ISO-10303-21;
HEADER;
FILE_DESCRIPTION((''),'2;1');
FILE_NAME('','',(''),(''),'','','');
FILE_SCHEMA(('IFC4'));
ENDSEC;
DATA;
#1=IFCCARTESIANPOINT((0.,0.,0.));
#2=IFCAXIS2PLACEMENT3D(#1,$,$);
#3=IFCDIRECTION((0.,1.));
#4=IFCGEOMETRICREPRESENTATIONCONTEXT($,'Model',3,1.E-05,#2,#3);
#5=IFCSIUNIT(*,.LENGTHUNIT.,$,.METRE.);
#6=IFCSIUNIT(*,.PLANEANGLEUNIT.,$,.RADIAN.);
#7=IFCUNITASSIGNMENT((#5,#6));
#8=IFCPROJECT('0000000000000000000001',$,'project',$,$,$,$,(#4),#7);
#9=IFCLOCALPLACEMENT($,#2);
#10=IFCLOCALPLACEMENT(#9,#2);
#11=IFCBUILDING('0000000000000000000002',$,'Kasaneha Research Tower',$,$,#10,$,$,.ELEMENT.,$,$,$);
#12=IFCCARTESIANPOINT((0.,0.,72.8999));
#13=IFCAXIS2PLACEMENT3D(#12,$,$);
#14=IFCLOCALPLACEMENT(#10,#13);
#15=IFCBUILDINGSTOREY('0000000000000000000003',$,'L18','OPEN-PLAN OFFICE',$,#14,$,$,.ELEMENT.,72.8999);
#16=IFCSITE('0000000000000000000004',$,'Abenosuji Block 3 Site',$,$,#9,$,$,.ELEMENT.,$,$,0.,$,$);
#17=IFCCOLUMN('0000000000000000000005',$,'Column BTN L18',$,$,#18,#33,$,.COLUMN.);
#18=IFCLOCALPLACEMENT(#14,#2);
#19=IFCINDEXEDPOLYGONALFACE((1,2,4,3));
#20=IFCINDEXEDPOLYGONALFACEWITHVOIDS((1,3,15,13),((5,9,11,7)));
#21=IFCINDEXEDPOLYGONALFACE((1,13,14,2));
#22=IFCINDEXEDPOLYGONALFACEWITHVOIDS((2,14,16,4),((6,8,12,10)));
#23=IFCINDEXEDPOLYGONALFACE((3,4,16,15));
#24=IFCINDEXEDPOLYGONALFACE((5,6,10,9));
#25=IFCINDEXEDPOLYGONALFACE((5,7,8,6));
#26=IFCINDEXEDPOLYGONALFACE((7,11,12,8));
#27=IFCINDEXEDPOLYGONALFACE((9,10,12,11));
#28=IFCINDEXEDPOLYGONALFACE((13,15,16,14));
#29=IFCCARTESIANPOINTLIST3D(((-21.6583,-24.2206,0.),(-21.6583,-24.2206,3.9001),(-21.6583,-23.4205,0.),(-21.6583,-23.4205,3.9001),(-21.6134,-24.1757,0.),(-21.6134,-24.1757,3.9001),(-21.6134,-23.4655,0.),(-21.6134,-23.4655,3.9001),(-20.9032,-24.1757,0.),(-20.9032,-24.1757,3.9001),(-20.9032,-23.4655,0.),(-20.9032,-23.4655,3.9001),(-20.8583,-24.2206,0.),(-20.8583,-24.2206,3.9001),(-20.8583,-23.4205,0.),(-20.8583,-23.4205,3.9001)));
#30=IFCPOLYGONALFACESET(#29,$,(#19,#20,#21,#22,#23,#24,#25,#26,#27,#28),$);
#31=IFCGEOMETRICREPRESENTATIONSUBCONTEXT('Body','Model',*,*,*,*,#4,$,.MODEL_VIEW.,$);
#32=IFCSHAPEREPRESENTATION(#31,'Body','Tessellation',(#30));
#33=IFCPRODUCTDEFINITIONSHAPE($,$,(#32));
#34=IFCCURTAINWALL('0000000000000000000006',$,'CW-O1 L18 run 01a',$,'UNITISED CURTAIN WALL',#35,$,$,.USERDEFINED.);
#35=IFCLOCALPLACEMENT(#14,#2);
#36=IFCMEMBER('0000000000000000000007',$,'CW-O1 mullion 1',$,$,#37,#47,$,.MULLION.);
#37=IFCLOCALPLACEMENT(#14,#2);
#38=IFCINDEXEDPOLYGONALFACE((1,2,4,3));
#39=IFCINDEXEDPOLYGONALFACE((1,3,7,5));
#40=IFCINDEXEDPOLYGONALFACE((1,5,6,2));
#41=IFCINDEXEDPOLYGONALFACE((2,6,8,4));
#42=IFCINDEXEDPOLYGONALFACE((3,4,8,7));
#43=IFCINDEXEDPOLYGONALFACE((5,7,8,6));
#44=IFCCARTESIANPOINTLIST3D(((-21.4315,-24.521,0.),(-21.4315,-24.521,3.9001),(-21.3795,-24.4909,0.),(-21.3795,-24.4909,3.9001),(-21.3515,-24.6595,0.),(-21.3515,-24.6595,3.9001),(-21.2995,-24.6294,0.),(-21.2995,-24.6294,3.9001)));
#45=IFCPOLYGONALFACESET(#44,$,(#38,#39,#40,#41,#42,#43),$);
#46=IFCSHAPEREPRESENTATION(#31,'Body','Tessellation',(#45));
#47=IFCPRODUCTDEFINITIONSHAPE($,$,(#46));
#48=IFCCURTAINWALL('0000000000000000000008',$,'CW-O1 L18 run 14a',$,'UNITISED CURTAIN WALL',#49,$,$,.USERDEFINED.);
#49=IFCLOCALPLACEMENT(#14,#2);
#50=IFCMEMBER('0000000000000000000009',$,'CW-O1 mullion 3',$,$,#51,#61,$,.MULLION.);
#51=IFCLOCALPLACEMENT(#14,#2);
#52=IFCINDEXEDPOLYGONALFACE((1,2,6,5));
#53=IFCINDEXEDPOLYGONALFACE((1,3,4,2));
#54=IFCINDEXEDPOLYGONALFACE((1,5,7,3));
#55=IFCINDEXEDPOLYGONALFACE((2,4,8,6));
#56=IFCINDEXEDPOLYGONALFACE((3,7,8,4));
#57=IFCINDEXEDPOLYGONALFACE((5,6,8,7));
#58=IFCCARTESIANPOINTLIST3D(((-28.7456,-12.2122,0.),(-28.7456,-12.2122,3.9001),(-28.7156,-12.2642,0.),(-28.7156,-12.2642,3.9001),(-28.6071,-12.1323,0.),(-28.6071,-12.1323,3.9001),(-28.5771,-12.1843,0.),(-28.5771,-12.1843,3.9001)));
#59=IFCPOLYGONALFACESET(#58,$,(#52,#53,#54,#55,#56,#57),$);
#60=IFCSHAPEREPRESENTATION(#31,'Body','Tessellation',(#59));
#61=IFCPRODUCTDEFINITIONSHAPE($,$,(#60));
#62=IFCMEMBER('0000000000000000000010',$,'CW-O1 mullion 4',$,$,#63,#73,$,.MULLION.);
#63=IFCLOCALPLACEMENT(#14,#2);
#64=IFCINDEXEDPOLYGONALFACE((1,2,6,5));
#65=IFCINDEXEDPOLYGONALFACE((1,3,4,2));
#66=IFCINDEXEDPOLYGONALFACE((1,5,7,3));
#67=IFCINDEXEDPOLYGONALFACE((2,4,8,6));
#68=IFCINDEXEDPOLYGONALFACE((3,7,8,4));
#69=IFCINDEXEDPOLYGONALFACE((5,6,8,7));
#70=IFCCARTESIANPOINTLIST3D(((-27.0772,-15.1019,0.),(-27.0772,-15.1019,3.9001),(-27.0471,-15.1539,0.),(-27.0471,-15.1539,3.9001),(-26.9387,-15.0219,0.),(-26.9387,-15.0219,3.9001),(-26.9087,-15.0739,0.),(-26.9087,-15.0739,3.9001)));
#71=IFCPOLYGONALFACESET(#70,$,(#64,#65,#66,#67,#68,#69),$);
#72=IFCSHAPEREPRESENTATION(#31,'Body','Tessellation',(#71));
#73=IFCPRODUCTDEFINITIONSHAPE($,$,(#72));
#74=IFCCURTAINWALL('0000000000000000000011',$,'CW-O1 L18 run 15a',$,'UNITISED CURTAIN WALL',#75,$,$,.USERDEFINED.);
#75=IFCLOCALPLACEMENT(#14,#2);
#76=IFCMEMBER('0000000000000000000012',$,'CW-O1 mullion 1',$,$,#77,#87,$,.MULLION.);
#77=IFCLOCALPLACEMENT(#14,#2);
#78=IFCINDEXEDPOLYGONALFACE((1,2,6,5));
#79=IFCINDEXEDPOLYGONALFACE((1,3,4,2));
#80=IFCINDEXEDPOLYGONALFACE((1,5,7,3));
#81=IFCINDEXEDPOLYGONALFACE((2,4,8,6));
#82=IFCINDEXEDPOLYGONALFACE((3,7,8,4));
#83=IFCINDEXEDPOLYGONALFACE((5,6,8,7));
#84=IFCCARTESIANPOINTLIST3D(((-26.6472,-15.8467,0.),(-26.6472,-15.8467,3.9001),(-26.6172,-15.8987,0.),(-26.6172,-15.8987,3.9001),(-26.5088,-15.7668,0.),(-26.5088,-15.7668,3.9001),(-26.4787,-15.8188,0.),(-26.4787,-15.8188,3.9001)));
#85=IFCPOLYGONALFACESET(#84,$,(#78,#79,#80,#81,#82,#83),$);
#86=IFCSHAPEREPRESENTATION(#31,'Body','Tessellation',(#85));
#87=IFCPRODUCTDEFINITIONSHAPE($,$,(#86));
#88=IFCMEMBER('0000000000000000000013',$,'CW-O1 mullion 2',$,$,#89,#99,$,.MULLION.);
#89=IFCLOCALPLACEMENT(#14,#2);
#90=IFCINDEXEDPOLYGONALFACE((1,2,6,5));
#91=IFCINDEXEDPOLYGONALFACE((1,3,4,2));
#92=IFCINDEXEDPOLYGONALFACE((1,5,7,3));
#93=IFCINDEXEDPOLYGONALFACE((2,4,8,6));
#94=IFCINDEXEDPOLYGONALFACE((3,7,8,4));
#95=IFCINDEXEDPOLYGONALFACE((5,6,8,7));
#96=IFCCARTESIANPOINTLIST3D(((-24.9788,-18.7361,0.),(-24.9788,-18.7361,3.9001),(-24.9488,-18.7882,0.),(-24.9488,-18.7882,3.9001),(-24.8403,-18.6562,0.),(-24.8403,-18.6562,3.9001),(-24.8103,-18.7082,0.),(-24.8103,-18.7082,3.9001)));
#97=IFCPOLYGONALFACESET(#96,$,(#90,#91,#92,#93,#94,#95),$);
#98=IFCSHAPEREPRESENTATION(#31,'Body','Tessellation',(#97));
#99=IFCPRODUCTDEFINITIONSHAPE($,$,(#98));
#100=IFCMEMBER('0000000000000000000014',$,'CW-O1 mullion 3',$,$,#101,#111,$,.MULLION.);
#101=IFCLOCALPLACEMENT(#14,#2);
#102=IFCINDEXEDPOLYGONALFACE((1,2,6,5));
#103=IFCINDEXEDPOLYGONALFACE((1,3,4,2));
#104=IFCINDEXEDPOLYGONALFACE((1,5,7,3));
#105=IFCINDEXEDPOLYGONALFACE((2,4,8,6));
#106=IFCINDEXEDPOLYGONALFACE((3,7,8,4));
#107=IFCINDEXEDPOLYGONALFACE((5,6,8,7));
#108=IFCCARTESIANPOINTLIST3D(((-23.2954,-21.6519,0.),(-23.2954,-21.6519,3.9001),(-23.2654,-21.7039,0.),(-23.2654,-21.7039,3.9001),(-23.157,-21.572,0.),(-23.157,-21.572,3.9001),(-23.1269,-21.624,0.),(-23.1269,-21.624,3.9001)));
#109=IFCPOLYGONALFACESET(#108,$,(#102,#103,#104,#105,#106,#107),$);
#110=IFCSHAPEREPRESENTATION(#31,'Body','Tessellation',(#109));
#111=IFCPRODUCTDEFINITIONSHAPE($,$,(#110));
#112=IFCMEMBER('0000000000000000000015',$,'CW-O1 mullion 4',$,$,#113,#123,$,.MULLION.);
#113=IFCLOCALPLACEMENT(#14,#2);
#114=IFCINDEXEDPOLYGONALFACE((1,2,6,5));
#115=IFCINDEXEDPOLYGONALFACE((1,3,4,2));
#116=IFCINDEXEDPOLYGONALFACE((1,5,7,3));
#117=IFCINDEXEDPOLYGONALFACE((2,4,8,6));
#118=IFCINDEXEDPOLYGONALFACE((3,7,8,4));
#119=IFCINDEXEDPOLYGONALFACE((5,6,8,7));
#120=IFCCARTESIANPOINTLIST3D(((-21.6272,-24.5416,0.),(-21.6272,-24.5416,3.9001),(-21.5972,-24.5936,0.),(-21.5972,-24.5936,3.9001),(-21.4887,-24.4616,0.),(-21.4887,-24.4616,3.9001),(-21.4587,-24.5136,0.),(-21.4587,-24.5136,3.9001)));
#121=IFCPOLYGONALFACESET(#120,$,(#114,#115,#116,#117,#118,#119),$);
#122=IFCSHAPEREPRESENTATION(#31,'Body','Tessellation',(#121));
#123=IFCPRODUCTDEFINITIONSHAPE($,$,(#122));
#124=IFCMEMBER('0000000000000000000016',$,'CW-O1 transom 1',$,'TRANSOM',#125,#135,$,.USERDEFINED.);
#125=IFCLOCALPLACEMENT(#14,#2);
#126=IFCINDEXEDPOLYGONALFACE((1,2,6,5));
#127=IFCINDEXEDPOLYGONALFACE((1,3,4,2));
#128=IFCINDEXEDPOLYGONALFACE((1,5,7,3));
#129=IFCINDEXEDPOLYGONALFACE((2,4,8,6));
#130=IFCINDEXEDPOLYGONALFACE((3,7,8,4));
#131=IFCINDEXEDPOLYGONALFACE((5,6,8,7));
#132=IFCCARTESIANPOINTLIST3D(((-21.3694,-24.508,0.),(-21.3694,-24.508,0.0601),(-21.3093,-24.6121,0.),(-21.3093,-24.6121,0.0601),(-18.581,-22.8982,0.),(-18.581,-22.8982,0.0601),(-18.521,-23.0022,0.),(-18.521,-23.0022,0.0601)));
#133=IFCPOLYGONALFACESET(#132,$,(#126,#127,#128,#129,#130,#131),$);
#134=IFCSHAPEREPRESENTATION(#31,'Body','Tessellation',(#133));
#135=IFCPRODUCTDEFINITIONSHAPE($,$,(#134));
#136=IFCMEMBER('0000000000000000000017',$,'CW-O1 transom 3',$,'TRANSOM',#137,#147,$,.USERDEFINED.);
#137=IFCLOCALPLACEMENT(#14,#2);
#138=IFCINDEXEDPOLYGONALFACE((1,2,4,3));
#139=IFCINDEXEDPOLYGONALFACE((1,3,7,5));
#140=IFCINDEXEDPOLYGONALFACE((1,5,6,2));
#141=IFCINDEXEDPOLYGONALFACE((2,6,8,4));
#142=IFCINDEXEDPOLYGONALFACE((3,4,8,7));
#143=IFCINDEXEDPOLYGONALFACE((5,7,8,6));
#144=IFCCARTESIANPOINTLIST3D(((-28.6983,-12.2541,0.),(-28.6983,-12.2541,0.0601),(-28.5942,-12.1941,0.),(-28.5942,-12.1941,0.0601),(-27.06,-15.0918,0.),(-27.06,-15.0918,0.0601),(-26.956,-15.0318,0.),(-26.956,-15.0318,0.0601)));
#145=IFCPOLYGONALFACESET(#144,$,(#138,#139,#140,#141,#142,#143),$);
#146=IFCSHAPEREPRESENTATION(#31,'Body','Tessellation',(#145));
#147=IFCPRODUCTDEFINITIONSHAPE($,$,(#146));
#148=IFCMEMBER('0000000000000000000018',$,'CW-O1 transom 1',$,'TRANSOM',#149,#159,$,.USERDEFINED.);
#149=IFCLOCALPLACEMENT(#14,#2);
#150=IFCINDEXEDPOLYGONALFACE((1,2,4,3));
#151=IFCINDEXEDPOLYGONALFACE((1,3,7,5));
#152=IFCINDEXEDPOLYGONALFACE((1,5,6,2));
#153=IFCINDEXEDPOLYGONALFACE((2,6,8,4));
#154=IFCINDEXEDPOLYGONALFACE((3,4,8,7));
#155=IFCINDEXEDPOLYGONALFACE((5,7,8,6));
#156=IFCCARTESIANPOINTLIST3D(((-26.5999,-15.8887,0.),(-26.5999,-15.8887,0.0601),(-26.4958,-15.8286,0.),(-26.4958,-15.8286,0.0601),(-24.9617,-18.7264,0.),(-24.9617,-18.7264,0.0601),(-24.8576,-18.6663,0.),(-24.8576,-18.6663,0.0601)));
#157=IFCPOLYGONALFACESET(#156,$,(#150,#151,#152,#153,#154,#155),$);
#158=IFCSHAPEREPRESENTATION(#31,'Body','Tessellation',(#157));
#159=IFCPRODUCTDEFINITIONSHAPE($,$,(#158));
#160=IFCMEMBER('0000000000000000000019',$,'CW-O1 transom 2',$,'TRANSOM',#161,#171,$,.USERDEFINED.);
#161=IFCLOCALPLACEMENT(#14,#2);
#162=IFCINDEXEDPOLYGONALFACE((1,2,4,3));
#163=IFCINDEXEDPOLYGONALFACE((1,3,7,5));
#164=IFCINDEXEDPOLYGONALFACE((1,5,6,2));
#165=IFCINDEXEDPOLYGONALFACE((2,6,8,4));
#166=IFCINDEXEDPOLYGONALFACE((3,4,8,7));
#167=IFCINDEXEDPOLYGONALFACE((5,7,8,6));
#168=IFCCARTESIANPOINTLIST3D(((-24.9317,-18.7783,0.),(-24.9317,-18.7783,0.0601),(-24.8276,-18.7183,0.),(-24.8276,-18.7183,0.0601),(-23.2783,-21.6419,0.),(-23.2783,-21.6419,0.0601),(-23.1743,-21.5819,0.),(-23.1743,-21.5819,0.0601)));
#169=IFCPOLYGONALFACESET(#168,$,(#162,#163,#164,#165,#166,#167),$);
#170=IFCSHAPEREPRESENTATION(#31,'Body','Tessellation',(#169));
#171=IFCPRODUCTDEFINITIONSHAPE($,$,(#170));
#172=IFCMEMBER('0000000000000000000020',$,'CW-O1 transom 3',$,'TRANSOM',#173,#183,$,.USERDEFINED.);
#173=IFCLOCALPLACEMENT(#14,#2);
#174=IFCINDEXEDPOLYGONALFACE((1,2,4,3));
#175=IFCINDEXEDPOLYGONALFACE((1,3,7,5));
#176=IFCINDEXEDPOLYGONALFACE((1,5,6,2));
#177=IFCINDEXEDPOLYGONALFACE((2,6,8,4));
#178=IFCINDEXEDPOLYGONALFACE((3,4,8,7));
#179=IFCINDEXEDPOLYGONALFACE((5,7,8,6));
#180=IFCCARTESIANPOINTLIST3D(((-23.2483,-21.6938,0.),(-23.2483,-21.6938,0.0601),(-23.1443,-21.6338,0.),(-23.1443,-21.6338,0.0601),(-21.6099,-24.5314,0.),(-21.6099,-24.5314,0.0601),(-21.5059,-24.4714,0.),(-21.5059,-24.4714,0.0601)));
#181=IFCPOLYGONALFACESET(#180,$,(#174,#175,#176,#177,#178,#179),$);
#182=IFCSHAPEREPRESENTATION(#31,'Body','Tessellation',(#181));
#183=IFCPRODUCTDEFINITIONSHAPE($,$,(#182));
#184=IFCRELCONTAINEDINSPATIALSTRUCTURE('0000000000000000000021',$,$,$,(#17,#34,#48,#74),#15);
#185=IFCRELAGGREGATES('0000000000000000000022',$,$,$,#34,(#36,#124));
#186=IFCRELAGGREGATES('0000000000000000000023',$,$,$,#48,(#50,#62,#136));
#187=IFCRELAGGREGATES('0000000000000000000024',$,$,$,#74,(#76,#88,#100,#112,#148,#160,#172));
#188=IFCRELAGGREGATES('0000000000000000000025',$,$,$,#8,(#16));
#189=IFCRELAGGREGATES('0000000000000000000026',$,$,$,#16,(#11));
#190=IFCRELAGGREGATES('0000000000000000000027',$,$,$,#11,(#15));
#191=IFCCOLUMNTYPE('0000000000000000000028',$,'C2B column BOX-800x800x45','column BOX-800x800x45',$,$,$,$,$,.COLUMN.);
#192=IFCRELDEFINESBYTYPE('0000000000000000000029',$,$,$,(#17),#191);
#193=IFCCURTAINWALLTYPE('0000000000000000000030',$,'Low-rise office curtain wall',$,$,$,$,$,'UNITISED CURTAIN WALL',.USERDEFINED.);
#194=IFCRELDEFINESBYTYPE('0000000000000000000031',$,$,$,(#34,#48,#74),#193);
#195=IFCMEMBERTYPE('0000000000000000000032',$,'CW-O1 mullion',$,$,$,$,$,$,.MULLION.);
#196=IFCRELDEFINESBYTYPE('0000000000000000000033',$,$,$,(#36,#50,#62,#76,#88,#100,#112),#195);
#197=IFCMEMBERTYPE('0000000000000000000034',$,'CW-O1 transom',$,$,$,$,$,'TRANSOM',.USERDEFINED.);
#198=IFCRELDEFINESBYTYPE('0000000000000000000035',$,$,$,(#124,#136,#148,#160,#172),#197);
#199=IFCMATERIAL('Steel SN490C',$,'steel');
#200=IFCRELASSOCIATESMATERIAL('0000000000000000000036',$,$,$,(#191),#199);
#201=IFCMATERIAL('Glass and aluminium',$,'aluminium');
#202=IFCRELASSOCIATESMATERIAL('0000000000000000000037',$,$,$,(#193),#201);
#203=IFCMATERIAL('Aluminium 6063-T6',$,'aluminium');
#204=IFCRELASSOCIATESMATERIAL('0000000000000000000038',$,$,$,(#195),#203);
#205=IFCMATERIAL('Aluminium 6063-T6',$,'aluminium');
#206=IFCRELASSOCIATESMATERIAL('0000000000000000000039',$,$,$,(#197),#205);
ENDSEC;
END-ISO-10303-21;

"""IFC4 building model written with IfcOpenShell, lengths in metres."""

from ifc_helpers import new_model, si_unit, direction, frame, origin, origin_2d, place, context, subcontext, project, spatial, rectangle, hollow_rectangle, extrude, material, material_profile, profile_set, type_object, element, aggregate, save


model = new_model("IFC4")

# Units and contexts
model_context = context("Model", 3, precision=1e-05, world=origin(), true_north=direction((0.0, 1.0)))
body_context = subcontext(model_context, "Body", "Model", "MODEL_VIEW")
ifc_project = project(units=[si_unit("LENGTHUNIT", "METRE"), si_unit("PLANEANGLEUNIT", "RADIAN")], contexts=[model_context])

# Site, building, storey
site_placement = place(None, origin())
site = spatial("IfcSite", under=ifc_project, at=site_placement, Name="Abenosuji Block 3 Site", CompositionType="ELEMENT", RefElevation=0.0)
building_placement = place(site_placement, origin())
building = spatial("IfcBuilding", under=site, at=building_placement, Name="Kasaneha Research Tower", CompositionType="ELEMENT")
storey_placement = place(building_placement, frame((0.0, 0.0, 72.8999)))
storey = spatial("IfcBuildingStorey", under=building, at=storey_placement, Name="L18", Description="OPEN-PLAN OFFICE", CompositionType="ELEMENT", Elevation=72.8999)

# Column
ifc_material_1 = material(Name="Steel SN490C", Category="steel")
ifc_material_profile_1 = material_profile(ifc_material_1, hollow_rectangle(XDim=0.8, YDim=0.8, WallThickness=0.0449, at=origin_2d()), Name="BOX-800x800x45")
ifc_profile_set_1 = profile_set([ifc_material_profile_1], Name="Steel SN490C")
column_type = type_object("IfcColumnType", Name="C2B column BOX-800x800x45", Description="column BOX-800x800x45", PredefinedType="COLUMN", material=ifc_profile_set_1)
column_placement = place(storey_placement, frame((-21.2583, -23.8206, 0.0), z_axis=(0.0, 0.0, 1.0), x_axis=(1.0, 0.0, 0.0)))
element("IfcColumn", 1, at=column_placement, inside=storey, type_object=column_type, Name="Column BTN L18", PredefinedType="COLUMN", context=body_context, shape_type="SweptSolid", body=[
    extrude(hollow_rectangle(XDim=0.8, YDim=0.8, WallThickness=0.0449, at=origin_2d()), origin(), (0.0, 0.0, 1.0), 3.9001),
])

# Curtain wall, member
ifc_material_2 = material(Name="Glass and aluminium", Category="aluminium")
curtain_wall_type = type_object("IfcCurtainWallType", Name="Low-rise office curtain wall", ElementType="UNITISED CURTAIN WALL", PredefinedType="USERDEFINED", material=ifc_material_2)
curtain_wall_1_placement = place(storey_placement, origin())
curtain_wall_1 = element("IfcCurtainWall", 2, at=curtain_wall_1_placement, inside=storey, type_object=curtain_wall_type, Name="CW-O1 L18 run 01a", ObjectType="UNITISED CURTAIN WALL", PredefinedType="USERDEFINED")
ifc_material_3 = material(Name="Aluminium 6063-T6", Category="aluminium")
ifc_material_profile_2 = material_profile(ifc_material_3, rectangle(XDim=0.0601, YDim=0.1599, at=origin_2d()), Name="CW-O1 mullion 60x160")
ifc_profile_set_2 = profile_set([ifc_material_profile_2], Name="Aluminium 6063-T6")
member_type_1 = type_object("IfcMemberType", Name="CW-O1 mullion", PredefinedType="MULLION", material=ifc_profile_set_2)
member_1_placement = place(storey_placement, frame((-21.3655, -24.5752, 0.0), z_axis=(0.0, 0.0, 1.0), x_axis=(0.866025, 0.5, 0.0)))
member_1 = element("IfcMember", 3, at=member_1_placement, type_object=member_type_1, Name="CW-O1 mullion 1", PredefinedType="MULLION", context=body_context, shape_type="SweptSolid", body=[
    extrude(rectangle(XDim=0.0601, YDim=0.1599, at=origin_2d()), origin(), (0.0, 0.0, 1.0), 3.9001),
])

# Curtain walls, members
curtain_wall_2_placement = place(storey_placement, origin())
curtain_wall_2 = element("IfcCurtainWall", 4, at=curtain_wall_2_placement, inside=storey, type_object=curtain_wall_type, Name="CW-O1 L18 run 14a", ObjectType="UNITISED CURTAIN WALL", PredefinedType="USERDEFINED")
member_2_placement = place(storey_placement, frame((-28.6614, -12.1982, 0.0), z_axis=(0.0, 0.0, 1.0), x_axis=(0.5, -0.866025, 0.0)))
member_2 = element("IfcMember", 5, at=member_2_placement, type_object=member_type_1, Name="CW-O1 mullion 3", PredefinedType="MULLION", context=body_context, shape_type="SweptSolid", body=[
    extrude(rectangle(XDim=0.0601, YDim=0.1599, at=origin_2d()), origin(), (0.0, 0.0, 1.0), 3.9001),
])
member_3_placement = place(storey_placement, frame((-26.9929, -15.0879, 0.0), z_axis=(0.0, 0.0, 1.0), x_axis=(0.5, -0.866025, 0.0)))
member_3 = element("IfcMember", 6, at=member_3_placement, type_object=member_type_1, Name="CW-O1 mullion 4", PredefinedType="MULLION", context=body_context, shape_type="SweptSolid", body=[
    extrude(rectangle(XDim=0.0601, YDim=0.1599, at=origin_2d()), origin(), (0.0, 0.0, 1.0), 3.9001),
])
curtain_wall_3_placement = place(storey_placement, origin())
curtain_wall_3 = element("IfcCurtainWall", 7, at=curtain_wall_3_placement, inside=storey, type_object=curtain_wall_type, Name="CW-O1 L18 run 15a", ObjectType="UNITISED CURTAIN WALL", PredefinedType="USERDEFINED")
member_4_placement = place(storey_placement, frame((-26.563, -15.8328, 0.0), z_axis=(0.0, 0.0, 1.0), x_axis=(0.5, -0.866025, 0.0)))
member_4 = element("IfcMember", 8, at=member_4_placement, type_object=member_type_1, Name="CW-O1 mullion 1", PredefinedType="MULLION", context=body_context, shape_type="SweptSolid", body=[
    extrude(rectangle(XDim=0.0601, YDim=0.1599, at=origin_2d()), origin(), (0.0, 0.0, 1.0), 3.9001),
])
member_5_placement = place(storey_placement, frame((-24.8945, -18.7222, 0.0), z_axis=(0.0, 0.0, 1.0), x_axis=(0.5, -0.866025, 0.0)))
member_5 = element("IfcMember", 9, at=member_5_placement, type_object=member_type_1, Name="CW-O1 mullion 2", PredefinedType="MULLION", context=body_context, shape_type="SweptSolid", body=[
    extrude(rectangle(XDim=0.0601, YDim=0.1599, at=origin_2d()), origin(), (0.0, 0.0, 1.0), 3.9001),
])
member_6_placement = place(storey_placement, frame((-23.2112, -21.6379, 0.0), z_axis=(0.0, 0.0, 1.0), x_axis=(0.5, -0.866025, 0.0)))
member_6 = element("IfcMember", 10, at=member_6_placement, type_object=member_type_1, Name="CW-O1 mullion 3", PredefinedType="MULLION", context=body_context, shape_type="SweptSolid", body=[
    extrude(rectangle(XDim=0.0601, YDim=0.1599, at=origin_2d()), origin(), (0.0, 0.0, 1.0), 3.9001),
])
member_7_placement = place(storey_placement, frame((-21.543, -24.5276, 0.0), z_axis=(0.0, 0.0, 1.0), x_axis=(0.5, -0.866025, 0.0)))
member_7 = element("IfcMember", 11, at=member_7_placement, type_object=member_type_1, Name="CW-O1 mullion 4", PredefinedType="MULLION", context=body_context, shape_type="SweptSolid", body=[
    extrude(rectangle(XDim=0.0601, YDim=0.1599, at=origin_2d()), origin(), (0.0, 0.0, 1.0), 3.9001),
])

# Members
ifc_material_4 = material(Name="Aluminium 6063-T6", Category="aluminium")
ifc_material_profile_3 = material_profile(ifc_material_4, rectangle(XDim=0.1201, YDim=0.0601, at=origin_2d()), Name="CW-O1 transom 120x60")
ifc_profile_set_3 = profile_set([ifc_material_profile_3], Name="Aluminium 6063-T6")
member_type_2 = type_object("IfcMemberType", Name="CW-O1 transom", ElementType="TRANSOM", PredefinedType="USERDEFINED", material=ifc_profile_set_3)
member_8_placement = place(storey_placement, frame((-21.3394, -24.5601, 0.03), z_axis=(0.866023, 0.500005, 0.0), x_axis=(-0.500005, 0.866023, 0.0)))
member_8 = element("IfcMember", 12, at=member_8_placement, type_object=member_type_2, Name="CW-O1 transom 1", ObjectType="TRANSOM", PredefinedType="USERDEFINED", context=body_context, shape_type="SweptSolid", body=[
    extrude(rectangle(XDim=0.1201, YDim=0.0601, at=origin_2d()), origin(), (0.0, 0.0, 1.0), 3.2197),
])
member_9_placement = place(storey_placement, frame((-28.6462, -12.2241, 0.03), z_axis=(0.49997, -0.866043, 0.0), x_axis=(0.866043, 0.49997, 0.0)))
member_9 = element("IfcMember", 13, at=member_9_placement, type_object=member_type_2, Name="CW-O1 transom 3", ObjectType="TRANSOM", PredefinedType="USERDEFINED", context=body_context, shape_type="SweptSolid", body=[
    extrude(rectangle(XDim=0.1201, YDim=0.0601, at=origin_2d()), origin(), (0.0, 0.0, 1.0), 3.2766),
])
member_10_placement = place(storey_placement, frame((-26.5479, -15.8586, 0.03), z_axis=(0.49997, -0.866043, 0.0), x_axis=(0.866043, 0.49997, 0.0)))
member_10 = element("IfcMember", 14, at=member_10_placement, type_object=member_type_2, Name="CW-O1 transom 1", ObjectType="TRANSOM", PredefinedType="USERDEFINED", context=body_context, shape_type="SweptSolid", body=[
    extrude(rectangle(XDim=0.1201, YDim=0.0601, at=origin_2d()), origin(), (0.0, 0.0, 1.0), 3.2766),
])
member_11_placement = place(storey_placement, frame((-24.8796, -18.7483, 0.03), z_axis=(0.500014, -0.866017, 0.0), x_axis=(0.866017, 0.500014, 0.0)))
member_11 = element("IfcMember", 15, at=member_11_placement, type_object=member_type_2, Name="CW-O1 transom 2", ObjectType="TRANSOM", PredefinedType="USERDEFINED", context=body_context, shape_type="SweptSolid", body=[
    extrude(rectangle(XDim=0.1201, YDim=0.0601, at=origin_2d()), origin(), (0.0, 0.0, 1.0), 3.3066),
])
member_12_placement = place(storey_placement, frame((-23.1963, -21.6638, 0.03), z_axis=(0.500026, -0.866011, 0.0), x_axis=(0.866011, 0.500026, 0.0)))
member_12 = element("IfcMember", 16, at=member_12_placement, type_object=member_type_2, Name="CW-O1 transom 3", ObjectType="TRANSOM", PredefinedType="USERDEFINED", context=body_context, shape_type="SweptSolid", body=[
    extrude(rectangle(XDim=0.1201, YDim=0.0601, at=origin_2d()), origin(), (0.0, 0.0, 1.0), 3.2766),
])

aggregate(curtain_wall_1, [member_1, member_8])
aggregate(curtain_wall_2, [member_2, member_3, member_9])
aggregate(curtain_wall_3, [member_4, member_5, member_6, member_7, member_10, member_11, member_12])

save(model, "model.ifc")
